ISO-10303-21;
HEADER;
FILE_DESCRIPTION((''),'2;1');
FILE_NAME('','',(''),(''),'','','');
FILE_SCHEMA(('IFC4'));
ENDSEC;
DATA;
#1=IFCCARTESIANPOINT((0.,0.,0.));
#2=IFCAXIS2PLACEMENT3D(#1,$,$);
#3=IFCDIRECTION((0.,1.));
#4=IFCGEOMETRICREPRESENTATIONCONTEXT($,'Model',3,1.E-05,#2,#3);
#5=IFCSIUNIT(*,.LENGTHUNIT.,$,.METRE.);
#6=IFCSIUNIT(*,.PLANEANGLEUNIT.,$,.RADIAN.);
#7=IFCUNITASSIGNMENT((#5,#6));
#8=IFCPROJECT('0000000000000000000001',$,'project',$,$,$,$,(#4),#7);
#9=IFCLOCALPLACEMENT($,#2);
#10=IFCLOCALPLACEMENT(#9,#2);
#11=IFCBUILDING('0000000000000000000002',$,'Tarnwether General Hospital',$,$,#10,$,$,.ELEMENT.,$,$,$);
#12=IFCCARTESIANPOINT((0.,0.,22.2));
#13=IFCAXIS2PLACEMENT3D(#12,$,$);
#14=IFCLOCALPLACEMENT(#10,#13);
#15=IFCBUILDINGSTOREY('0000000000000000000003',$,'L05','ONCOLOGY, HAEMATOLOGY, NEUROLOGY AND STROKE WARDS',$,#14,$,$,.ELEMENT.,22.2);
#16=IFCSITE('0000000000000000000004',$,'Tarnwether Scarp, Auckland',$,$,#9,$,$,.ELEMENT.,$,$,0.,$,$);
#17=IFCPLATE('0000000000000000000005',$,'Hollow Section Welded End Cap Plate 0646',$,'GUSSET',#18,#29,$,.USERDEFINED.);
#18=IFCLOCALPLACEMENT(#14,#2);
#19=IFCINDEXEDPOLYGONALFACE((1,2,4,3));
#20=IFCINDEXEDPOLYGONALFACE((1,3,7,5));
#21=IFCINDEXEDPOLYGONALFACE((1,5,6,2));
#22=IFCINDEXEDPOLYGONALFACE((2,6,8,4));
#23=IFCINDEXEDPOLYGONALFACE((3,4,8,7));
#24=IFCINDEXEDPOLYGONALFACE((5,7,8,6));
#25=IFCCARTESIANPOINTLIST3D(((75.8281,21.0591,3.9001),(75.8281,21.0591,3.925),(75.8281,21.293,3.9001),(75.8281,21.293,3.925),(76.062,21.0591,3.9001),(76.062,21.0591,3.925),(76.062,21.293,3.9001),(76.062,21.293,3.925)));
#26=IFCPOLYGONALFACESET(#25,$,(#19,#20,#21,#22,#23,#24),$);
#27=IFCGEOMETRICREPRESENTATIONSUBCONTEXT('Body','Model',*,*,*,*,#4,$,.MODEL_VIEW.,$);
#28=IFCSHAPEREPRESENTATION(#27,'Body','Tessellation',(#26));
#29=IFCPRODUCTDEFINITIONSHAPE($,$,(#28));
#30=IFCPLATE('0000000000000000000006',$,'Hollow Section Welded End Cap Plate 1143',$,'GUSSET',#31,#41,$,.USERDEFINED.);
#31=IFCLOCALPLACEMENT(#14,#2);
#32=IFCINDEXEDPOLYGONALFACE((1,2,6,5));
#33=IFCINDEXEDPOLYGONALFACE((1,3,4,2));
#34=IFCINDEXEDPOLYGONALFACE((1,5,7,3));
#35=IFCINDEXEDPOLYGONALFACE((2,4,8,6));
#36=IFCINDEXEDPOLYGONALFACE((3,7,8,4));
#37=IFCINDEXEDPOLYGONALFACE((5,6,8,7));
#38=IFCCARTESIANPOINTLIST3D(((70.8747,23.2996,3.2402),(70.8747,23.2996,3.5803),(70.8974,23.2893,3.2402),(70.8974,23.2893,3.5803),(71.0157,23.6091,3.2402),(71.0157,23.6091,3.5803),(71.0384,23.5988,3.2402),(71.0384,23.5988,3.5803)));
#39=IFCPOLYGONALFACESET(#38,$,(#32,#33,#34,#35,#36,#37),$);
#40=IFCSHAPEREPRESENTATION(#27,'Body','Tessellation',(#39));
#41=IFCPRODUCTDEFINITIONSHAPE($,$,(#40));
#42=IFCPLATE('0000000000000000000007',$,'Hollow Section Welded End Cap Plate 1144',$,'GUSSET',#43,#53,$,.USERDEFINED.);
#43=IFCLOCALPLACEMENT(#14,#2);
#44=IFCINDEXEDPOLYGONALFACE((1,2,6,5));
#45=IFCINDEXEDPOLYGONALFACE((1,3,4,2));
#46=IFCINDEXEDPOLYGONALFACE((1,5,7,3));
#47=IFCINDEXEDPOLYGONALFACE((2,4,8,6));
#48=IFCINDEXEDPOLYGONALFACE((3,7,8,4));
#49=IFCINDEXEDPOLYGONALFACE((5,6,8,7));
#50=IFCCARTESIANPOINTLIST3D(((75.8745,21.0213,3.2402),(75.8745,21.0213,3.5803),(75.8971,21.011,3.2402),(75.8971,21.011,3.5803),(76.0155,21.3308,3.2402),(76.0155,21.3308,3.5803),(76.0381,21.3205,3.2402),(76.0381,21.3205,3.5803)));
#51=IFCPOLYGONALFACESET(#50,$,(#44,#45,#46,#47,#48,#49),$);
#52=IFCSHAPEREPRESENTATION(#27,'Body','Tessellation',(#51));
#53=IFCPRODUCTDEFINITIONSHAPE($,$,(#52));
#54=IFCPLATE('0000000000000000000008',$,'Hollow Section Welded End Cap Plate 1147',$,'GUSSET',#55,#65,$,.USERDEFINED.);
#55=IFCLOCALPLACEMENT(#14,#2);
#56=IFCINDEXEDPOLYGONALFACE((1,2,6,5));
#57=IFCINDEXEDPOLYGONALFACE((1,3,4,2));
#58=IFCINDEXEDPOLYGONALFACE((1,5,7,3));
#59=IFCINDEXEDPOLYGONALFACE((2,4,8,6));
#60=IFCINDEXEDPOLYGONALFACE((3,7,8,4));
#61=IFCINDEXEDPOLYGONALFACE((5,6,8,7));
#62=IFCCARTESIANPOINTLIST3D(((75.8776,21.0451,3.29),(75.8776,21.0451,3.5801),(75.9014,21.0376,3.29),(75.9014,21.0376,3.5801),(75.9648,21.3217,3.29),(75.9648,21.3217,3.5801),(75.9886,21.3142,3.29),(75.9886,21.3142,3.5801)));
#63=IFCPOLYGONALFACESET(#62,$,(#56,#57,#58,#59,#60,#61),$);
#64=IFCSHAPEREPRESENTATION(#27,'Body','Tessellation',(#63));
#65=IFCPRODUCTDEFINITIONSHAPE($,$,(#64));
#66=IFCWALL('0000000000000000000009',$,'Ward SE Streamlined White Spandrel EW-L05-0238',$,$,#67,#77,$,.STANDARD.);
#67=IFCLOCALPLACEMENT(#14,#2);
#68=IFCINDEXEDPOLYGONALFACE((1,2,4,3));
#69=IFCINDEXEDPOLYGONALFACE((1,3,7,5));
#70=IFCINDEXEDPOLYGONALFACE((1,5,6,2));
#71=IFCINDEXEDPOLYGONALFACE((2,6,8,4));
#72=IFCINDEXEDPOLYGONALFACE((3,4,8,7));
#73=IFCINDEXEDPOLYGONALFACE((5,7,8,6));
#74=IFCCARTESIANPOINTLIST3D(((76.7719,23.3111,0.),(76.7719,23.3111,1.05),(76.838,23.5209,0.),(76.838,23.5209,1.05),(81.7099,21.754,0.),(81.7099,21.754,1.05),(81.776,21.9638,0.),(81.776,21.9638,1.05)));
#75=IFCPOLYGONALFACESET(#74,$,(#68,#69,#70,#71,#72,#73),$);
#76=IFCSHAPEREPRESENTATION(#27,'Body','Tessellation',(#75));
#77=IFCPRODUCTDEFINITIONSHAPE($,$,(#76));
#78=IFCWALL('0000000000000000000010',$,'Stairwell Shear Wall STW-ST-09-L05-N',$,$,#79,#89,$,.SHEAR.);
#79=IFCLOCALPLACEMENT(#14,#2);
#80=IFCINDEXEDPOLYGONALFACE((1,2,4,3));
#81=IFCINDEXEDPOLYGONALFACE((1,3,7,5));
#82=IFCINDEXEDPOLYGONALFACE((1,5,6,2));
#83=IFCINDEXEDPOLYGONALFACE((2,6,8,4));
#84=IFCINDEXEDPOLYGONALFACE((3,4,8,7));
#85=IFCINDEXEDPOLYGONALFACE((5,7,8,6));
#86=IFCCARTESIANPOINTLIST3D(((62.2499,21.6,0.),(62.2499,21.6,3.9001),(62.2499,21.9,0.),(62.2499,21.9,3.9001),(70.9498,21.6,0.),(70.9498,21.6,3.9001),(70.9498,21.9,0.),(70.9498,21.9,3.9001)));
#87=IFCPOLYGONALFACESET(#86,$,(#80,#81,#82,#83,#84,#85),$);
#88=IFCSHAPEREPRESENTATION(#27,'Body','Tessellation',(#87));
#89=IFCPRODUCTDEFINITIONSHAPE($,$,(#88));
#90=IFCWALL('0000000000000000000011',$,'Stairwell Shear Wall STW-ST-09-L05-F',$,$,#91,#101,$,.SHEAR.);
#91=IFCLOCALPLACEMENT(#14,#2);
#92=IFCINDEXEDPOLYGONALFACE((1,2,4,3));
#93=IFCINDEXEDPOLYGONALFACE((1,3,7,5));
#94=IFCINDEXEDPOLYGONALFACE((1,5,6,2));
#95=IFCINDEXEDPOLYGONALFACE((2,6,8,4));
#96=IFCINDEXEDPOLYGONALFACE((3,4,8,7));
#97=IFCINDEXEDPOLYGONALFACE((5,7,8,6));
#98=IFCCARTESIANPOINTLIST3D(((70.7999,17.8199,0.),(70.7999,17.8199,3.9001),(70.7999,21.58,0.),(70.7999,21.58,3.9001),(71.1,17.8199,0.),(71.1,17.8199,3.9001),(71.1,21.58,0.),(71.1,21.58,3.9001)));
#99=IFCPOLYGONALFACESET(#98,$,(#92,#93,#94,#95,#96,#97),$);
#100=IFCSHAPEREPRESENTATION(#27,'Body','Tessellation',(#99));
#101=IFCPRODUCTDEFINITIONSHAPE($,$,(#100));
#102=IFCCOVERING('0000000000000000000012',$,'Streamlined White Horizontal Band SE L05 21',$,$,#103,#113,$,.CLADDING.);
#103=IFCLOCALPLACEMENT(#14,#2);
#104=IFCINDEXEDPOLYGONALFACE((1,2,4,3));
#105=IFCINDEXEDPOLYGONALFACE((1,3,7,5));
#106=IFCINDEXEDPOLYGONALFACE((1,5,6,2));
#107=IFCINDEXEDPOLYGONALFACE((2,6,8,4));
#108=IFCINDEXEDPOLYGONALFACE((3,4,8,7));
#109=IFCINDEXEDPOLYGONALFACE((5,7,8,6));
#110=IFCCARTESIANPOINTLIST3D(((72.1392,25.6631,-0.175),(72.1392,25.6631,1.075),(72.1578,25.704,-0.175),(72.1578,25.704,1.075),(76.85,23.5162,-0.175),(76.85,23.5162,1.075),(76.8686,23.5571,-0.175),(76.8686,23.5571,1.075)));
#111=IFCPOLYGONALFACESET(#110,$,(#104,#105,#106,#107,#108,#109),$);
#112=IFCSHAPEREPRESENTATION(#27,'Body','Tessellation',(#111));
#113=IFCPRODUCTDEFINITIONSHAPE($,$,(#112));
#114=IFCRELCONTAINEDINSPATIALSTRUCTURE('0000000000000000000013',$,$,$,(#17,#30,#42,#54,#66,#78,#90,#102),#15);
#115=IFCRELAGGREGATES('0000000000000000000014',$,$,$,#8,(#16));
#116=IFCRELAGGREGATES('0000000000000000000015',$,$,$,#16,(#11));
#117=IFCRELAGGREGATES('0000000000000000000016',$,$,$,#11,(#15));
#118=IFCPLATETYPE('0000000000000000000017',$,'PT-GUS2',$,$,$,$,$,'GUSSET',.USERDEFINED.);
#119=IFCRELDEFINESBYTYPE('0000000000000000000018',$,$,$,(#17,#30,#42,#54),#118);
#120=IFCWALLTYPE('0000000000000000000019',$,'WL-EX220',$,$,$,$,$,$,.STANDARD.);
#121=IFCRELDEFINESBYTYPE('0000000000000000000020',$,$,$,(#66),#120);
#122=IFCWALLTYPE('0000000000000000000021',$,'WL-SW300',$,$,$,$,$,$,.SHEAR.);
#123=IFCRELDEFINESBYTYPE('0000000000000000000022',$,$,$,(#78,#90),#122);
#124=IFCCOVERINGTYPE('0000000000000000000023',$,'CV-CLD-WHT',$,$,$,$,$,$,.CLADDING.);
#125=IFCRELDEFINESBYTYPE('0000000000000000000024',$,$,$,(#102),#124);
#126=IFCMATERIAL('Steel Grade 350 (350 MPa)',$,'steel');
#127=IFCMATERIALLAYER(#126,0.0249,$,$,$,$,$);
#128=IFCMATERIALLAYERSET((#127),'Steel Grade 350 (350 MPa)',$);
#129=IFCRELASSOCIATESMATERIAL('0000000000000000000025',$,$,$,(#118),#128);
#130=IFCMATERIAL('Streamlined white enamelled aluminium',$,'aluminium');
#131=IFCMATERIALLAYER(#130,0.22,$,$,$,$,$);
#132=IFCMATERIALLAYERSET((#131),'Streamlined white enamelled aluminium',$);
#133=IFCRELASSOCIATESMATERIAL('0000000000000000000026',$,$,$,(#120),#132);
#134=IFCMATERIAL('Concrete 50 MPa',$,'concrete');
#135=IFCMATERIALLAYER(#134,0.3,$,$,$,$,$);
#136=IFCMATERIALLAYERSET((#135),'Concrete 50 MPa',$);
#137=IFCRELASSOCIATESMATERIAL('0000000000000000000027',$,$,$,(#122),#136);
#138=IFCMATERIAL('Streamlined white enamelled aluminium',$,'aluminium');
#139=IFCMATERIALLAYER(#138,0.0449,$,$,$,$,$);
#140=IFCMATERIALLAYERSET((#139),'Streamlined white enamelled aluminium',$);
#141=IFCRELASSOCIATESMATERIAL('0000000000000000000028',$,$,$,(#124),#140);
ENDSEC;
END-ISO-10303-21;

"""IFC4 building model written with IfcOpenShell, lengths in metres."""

from ifc_helpers import new_model, si_unit, direction, frame, frame_2d, origin, origin_2d, place, context, subcontext, project, spatial, rectangle, extrude, material, layer, layer_set, type_object, element, save


model = new_model("IFC4")

# Units and contexts
model_context = context("Model", 3, precision=1e-05, world=origin(), true_north=direction((0.0, 1.0)))
body_context = subcontext(model_context, "Body", "Model", "MODEL_VIEW")
ifc_project = project(units=[si_unit("LENGTHUNIT", "METRE"), si_unit("PLANEANGLEUNIT", "RADIAN")], contexts=[model_context])

# Site, building, storey
site_placement = place(None, origin())
site = spatial("IfcSite", under=ifc_project, at=site_placement, Name="Tarnwether Scarp, Auckland", CompositionType="ELEMENT", RefElevation=0.0)
building_placement = place(site_placement, origin())
building = spatial("IfcBuilding", under=site, at=building_placement, Name="Tarnwether General Hospital", CompositionType="ELEMENT")
storey_placement = place(building_placement, frame((0.0, 0.0, 22.2)))
storey = spatial("IfcBuildingStorey", under=building, at=storey_placement, Name="L05", Description="ONCOLOGY, HAEMATOLOGY, NEUROLOGY AND STROKE WARDS", CompositionType="ELEMENT", Elevation=22.2)

# Plates
ifc_material_1 = material(Name="Steel Grade 350 (350 MPa)", Category="steel")
ifc_layer_1 = layer(ifc_material_1, 0.0249)
ifc_layer_set_1 = layer_set([ifc_layer_1], Name="Steel Grade 350 (350 MPa)")
plate_type_1 = type_object("IfcPlateType", Name="PT-GUS2", ElementType="GUSSET", PredefinedType="USERDEFINED", material=ifc_layer_set_1)
for number, where, z_axis, x_axis, name in (
    (1, (75.9451, 21.176, 3.9001), (0.0, 0.0, 1.0), (1.0, 0.0, 0.0), "Hollow Section Welded End Cap Plate 0646"),
):
    element("IfcPlate", number, at=place(storey_placement, frame(where, z_axis=z_axis, x_axis=x_axis)), inside=storey, type_object=plate_type_1, Name=name, ObjectType="GUSSET", PredefinedType="USERDEFINED", context=body_context, shape_type="SweptSolid", body=[
        extrude(rectangle(XDim=0.2339, YDim=0.2339, at=origin_2d()), origin(), (0.0, 0.0, 1.0), 0.0249),
    ])
for number, where, z_axis, x_axis, name in (
    (2, (70.9565, 23.4492, 3.2402), (0.0, 0.0, 1.0), (0.909969, -0.414677, 0.0), "Hollow Section Welded End Cap Plate 1143"),
    (3, (75.9563, 21.1709, 3.2402), (0.0, 0.0, 1.0), (0.909969, -0.414677, 0.0), "Hollow Section Welded End Cap Plate 1144"),
):
    element("IfcPlate", number, at=place(storey_placement, frame(where, z_axis=z_axis, x_axis=x_axis)), inside=storey, type_object=plate_type_1, Name=name, ObjectType="GUSSET", PredefinedType="USERDEFINED", context=body_context, shape_type="SweptSolid", body=[
        extrude(rectangle(XDim=0.0249, YDim=0.3401, at=origin_2d()), origin(), (0.0, 0.0, 1.0), 0.3401),
    ])
plate_1_placement = place(storey_placement, frame((75.9331, 21.1797, 3.29), z_axis=(0.0, 0.0, 1.0), x_axis=(0.953712, -0.300722, 0.0)))
element("IfcPlate", 4, at=plate_1_placement, inside=storey, type_object=plate_type_1, Name="Hollow Section Welded End Cap Plate 1147", ObjectType="GUSSET", PredefinedType="USERDEFINED", context=body_context, shape_type="SweptSolid", body=[
    extrude(rectangle(XDim=0.0249, YDim=0.29, at=origin_2d()), origin(), (0.0, 0.0, 1.0), 0.29),
])

# Walls
ifc_material_2 = material(Name="Streamlined white enamelled aluminium", Category="aluminium")
ifc_layer_2 = layer(ifc_material_2, 0.22)
ifc_layer_set_2 = layer_set([ifc_layer_2], Name="Streamlined white enamelled aluminium")
wall_type_1 = type_object("IfcWallType", Name="WL-EX220", PredefinedType="STANDARD", material=ifc_layer_set_2)
wall_1_placement = place(storey_placement, frame((76.8049, 23.416, 0.0), z_axis=(0.0, 0.0, 1.0), x_axis=(0.953707, -0.300739, 0.0)))
element("IfcWall", 5, at=wall_1_placement, inside=storey, type_object=wall_type_1, Name="Ward SE Streamlined White Spandrel EW-L05-0238", PredefinedType="STANDARD", context=body_context, shape_type="SweptSolid", body=[
    extrude(rectangle(XDim=5.1777, YDim=0.22, at=frame_2d((2.5889, 0.0))), origin(), (0.0, 0.0, 1.0), 1.05),
])
ifc_material_3 = material(Name="Concrete 50 MPa", Category="concrete")
ifc_layer_3 = layer(ifc_material_3, 0.3)
ifc_layer_set_3 = layer_set([ifc_layer_3], Name="Concrete 50 MPa")
wall_type_2 = type_object("IfcWallType", Name="WL-SW300", PredefinedType="SHEAR", material=ifc_layer_set_3)
wall_2_placement = place(storey_placement, frame((70.95, 21.75, 0.0), z_axis=(0.0, 0.0, 1.0), x_axis=(-1.0, 0.0, 0.0)))
element("IfcWall", 6, at=wall_2_placement, inside=storey, type_object=wall_type_2, Name="Stairwell Shear Wall STW-ST-09-L05-N", PredefinedType="SHEAR", context=body_context, shape_type="SweptSolid", body=[
    extrude(rectangle(XDim=8.7, YDim=0.3, at=frame_2d((4.3501, 0.0))), origin(), (0.0, 0.0, 1.0), 3.9001),
])
wall_3_placement = place(storey_placement, frame((70.95, 17.8201, 0.0), z_axis=(0.0, 0.0, 1.0), x_axis=(0.0, 1.0, 0.0)))
element("IfcWall", 7, at=wall_3_placement, inside=storey, type_object=wall_type_2, Name="Stairwell Shear Wall STW-ST-09-L05-F", PredefinedType="SHEAR", context=body_context, shape_type="SweptSolid", body=[
    extrude(rectangle(XDim=3.76, YDim=0.3, at=frame_2d((1.8799, 0.0))), origin(), (0.0, 0.0, 1.0), 3.9001),
])

# Covering
ifc_material_4 = material(Name="Streamlined white enamelled aluminium", Category="aluminium")
ifc_layer_4 = layer(ifc_material_4, 0.0449)
ifc_layer_set_4 = layer_set([ifc_layer_4], Name="Streamlined white enamelled aluminium")
covering_type = type_object("IfcCoveringType", Name="CV-CLD-WHT", PredefinedType="CLADDING", material=ifc_layer_set_4)
covering_placement = place(storey_placement, frame((74.5039, 24.6101, -0.175), z_axis=(0.0, 0.0, 1.0), x_axis=(0.909954, -0.414709, 0.0)))
element("IfcCovering", 8, at=covering_placement, inside=storey, type_object=covering_type, Name="Streamlined White Horizontal Band SE L05 21", PredefinedType="CLADDING", context=body_context, shape_type="SweptSolid", body=[
    extrude(rectangle(XDim=5.177, YDim=0.0449, at=origin_2d()), origin(), (0.0, 0.0, 1.0), 1.25),
])

save(model, "model.ifc")
